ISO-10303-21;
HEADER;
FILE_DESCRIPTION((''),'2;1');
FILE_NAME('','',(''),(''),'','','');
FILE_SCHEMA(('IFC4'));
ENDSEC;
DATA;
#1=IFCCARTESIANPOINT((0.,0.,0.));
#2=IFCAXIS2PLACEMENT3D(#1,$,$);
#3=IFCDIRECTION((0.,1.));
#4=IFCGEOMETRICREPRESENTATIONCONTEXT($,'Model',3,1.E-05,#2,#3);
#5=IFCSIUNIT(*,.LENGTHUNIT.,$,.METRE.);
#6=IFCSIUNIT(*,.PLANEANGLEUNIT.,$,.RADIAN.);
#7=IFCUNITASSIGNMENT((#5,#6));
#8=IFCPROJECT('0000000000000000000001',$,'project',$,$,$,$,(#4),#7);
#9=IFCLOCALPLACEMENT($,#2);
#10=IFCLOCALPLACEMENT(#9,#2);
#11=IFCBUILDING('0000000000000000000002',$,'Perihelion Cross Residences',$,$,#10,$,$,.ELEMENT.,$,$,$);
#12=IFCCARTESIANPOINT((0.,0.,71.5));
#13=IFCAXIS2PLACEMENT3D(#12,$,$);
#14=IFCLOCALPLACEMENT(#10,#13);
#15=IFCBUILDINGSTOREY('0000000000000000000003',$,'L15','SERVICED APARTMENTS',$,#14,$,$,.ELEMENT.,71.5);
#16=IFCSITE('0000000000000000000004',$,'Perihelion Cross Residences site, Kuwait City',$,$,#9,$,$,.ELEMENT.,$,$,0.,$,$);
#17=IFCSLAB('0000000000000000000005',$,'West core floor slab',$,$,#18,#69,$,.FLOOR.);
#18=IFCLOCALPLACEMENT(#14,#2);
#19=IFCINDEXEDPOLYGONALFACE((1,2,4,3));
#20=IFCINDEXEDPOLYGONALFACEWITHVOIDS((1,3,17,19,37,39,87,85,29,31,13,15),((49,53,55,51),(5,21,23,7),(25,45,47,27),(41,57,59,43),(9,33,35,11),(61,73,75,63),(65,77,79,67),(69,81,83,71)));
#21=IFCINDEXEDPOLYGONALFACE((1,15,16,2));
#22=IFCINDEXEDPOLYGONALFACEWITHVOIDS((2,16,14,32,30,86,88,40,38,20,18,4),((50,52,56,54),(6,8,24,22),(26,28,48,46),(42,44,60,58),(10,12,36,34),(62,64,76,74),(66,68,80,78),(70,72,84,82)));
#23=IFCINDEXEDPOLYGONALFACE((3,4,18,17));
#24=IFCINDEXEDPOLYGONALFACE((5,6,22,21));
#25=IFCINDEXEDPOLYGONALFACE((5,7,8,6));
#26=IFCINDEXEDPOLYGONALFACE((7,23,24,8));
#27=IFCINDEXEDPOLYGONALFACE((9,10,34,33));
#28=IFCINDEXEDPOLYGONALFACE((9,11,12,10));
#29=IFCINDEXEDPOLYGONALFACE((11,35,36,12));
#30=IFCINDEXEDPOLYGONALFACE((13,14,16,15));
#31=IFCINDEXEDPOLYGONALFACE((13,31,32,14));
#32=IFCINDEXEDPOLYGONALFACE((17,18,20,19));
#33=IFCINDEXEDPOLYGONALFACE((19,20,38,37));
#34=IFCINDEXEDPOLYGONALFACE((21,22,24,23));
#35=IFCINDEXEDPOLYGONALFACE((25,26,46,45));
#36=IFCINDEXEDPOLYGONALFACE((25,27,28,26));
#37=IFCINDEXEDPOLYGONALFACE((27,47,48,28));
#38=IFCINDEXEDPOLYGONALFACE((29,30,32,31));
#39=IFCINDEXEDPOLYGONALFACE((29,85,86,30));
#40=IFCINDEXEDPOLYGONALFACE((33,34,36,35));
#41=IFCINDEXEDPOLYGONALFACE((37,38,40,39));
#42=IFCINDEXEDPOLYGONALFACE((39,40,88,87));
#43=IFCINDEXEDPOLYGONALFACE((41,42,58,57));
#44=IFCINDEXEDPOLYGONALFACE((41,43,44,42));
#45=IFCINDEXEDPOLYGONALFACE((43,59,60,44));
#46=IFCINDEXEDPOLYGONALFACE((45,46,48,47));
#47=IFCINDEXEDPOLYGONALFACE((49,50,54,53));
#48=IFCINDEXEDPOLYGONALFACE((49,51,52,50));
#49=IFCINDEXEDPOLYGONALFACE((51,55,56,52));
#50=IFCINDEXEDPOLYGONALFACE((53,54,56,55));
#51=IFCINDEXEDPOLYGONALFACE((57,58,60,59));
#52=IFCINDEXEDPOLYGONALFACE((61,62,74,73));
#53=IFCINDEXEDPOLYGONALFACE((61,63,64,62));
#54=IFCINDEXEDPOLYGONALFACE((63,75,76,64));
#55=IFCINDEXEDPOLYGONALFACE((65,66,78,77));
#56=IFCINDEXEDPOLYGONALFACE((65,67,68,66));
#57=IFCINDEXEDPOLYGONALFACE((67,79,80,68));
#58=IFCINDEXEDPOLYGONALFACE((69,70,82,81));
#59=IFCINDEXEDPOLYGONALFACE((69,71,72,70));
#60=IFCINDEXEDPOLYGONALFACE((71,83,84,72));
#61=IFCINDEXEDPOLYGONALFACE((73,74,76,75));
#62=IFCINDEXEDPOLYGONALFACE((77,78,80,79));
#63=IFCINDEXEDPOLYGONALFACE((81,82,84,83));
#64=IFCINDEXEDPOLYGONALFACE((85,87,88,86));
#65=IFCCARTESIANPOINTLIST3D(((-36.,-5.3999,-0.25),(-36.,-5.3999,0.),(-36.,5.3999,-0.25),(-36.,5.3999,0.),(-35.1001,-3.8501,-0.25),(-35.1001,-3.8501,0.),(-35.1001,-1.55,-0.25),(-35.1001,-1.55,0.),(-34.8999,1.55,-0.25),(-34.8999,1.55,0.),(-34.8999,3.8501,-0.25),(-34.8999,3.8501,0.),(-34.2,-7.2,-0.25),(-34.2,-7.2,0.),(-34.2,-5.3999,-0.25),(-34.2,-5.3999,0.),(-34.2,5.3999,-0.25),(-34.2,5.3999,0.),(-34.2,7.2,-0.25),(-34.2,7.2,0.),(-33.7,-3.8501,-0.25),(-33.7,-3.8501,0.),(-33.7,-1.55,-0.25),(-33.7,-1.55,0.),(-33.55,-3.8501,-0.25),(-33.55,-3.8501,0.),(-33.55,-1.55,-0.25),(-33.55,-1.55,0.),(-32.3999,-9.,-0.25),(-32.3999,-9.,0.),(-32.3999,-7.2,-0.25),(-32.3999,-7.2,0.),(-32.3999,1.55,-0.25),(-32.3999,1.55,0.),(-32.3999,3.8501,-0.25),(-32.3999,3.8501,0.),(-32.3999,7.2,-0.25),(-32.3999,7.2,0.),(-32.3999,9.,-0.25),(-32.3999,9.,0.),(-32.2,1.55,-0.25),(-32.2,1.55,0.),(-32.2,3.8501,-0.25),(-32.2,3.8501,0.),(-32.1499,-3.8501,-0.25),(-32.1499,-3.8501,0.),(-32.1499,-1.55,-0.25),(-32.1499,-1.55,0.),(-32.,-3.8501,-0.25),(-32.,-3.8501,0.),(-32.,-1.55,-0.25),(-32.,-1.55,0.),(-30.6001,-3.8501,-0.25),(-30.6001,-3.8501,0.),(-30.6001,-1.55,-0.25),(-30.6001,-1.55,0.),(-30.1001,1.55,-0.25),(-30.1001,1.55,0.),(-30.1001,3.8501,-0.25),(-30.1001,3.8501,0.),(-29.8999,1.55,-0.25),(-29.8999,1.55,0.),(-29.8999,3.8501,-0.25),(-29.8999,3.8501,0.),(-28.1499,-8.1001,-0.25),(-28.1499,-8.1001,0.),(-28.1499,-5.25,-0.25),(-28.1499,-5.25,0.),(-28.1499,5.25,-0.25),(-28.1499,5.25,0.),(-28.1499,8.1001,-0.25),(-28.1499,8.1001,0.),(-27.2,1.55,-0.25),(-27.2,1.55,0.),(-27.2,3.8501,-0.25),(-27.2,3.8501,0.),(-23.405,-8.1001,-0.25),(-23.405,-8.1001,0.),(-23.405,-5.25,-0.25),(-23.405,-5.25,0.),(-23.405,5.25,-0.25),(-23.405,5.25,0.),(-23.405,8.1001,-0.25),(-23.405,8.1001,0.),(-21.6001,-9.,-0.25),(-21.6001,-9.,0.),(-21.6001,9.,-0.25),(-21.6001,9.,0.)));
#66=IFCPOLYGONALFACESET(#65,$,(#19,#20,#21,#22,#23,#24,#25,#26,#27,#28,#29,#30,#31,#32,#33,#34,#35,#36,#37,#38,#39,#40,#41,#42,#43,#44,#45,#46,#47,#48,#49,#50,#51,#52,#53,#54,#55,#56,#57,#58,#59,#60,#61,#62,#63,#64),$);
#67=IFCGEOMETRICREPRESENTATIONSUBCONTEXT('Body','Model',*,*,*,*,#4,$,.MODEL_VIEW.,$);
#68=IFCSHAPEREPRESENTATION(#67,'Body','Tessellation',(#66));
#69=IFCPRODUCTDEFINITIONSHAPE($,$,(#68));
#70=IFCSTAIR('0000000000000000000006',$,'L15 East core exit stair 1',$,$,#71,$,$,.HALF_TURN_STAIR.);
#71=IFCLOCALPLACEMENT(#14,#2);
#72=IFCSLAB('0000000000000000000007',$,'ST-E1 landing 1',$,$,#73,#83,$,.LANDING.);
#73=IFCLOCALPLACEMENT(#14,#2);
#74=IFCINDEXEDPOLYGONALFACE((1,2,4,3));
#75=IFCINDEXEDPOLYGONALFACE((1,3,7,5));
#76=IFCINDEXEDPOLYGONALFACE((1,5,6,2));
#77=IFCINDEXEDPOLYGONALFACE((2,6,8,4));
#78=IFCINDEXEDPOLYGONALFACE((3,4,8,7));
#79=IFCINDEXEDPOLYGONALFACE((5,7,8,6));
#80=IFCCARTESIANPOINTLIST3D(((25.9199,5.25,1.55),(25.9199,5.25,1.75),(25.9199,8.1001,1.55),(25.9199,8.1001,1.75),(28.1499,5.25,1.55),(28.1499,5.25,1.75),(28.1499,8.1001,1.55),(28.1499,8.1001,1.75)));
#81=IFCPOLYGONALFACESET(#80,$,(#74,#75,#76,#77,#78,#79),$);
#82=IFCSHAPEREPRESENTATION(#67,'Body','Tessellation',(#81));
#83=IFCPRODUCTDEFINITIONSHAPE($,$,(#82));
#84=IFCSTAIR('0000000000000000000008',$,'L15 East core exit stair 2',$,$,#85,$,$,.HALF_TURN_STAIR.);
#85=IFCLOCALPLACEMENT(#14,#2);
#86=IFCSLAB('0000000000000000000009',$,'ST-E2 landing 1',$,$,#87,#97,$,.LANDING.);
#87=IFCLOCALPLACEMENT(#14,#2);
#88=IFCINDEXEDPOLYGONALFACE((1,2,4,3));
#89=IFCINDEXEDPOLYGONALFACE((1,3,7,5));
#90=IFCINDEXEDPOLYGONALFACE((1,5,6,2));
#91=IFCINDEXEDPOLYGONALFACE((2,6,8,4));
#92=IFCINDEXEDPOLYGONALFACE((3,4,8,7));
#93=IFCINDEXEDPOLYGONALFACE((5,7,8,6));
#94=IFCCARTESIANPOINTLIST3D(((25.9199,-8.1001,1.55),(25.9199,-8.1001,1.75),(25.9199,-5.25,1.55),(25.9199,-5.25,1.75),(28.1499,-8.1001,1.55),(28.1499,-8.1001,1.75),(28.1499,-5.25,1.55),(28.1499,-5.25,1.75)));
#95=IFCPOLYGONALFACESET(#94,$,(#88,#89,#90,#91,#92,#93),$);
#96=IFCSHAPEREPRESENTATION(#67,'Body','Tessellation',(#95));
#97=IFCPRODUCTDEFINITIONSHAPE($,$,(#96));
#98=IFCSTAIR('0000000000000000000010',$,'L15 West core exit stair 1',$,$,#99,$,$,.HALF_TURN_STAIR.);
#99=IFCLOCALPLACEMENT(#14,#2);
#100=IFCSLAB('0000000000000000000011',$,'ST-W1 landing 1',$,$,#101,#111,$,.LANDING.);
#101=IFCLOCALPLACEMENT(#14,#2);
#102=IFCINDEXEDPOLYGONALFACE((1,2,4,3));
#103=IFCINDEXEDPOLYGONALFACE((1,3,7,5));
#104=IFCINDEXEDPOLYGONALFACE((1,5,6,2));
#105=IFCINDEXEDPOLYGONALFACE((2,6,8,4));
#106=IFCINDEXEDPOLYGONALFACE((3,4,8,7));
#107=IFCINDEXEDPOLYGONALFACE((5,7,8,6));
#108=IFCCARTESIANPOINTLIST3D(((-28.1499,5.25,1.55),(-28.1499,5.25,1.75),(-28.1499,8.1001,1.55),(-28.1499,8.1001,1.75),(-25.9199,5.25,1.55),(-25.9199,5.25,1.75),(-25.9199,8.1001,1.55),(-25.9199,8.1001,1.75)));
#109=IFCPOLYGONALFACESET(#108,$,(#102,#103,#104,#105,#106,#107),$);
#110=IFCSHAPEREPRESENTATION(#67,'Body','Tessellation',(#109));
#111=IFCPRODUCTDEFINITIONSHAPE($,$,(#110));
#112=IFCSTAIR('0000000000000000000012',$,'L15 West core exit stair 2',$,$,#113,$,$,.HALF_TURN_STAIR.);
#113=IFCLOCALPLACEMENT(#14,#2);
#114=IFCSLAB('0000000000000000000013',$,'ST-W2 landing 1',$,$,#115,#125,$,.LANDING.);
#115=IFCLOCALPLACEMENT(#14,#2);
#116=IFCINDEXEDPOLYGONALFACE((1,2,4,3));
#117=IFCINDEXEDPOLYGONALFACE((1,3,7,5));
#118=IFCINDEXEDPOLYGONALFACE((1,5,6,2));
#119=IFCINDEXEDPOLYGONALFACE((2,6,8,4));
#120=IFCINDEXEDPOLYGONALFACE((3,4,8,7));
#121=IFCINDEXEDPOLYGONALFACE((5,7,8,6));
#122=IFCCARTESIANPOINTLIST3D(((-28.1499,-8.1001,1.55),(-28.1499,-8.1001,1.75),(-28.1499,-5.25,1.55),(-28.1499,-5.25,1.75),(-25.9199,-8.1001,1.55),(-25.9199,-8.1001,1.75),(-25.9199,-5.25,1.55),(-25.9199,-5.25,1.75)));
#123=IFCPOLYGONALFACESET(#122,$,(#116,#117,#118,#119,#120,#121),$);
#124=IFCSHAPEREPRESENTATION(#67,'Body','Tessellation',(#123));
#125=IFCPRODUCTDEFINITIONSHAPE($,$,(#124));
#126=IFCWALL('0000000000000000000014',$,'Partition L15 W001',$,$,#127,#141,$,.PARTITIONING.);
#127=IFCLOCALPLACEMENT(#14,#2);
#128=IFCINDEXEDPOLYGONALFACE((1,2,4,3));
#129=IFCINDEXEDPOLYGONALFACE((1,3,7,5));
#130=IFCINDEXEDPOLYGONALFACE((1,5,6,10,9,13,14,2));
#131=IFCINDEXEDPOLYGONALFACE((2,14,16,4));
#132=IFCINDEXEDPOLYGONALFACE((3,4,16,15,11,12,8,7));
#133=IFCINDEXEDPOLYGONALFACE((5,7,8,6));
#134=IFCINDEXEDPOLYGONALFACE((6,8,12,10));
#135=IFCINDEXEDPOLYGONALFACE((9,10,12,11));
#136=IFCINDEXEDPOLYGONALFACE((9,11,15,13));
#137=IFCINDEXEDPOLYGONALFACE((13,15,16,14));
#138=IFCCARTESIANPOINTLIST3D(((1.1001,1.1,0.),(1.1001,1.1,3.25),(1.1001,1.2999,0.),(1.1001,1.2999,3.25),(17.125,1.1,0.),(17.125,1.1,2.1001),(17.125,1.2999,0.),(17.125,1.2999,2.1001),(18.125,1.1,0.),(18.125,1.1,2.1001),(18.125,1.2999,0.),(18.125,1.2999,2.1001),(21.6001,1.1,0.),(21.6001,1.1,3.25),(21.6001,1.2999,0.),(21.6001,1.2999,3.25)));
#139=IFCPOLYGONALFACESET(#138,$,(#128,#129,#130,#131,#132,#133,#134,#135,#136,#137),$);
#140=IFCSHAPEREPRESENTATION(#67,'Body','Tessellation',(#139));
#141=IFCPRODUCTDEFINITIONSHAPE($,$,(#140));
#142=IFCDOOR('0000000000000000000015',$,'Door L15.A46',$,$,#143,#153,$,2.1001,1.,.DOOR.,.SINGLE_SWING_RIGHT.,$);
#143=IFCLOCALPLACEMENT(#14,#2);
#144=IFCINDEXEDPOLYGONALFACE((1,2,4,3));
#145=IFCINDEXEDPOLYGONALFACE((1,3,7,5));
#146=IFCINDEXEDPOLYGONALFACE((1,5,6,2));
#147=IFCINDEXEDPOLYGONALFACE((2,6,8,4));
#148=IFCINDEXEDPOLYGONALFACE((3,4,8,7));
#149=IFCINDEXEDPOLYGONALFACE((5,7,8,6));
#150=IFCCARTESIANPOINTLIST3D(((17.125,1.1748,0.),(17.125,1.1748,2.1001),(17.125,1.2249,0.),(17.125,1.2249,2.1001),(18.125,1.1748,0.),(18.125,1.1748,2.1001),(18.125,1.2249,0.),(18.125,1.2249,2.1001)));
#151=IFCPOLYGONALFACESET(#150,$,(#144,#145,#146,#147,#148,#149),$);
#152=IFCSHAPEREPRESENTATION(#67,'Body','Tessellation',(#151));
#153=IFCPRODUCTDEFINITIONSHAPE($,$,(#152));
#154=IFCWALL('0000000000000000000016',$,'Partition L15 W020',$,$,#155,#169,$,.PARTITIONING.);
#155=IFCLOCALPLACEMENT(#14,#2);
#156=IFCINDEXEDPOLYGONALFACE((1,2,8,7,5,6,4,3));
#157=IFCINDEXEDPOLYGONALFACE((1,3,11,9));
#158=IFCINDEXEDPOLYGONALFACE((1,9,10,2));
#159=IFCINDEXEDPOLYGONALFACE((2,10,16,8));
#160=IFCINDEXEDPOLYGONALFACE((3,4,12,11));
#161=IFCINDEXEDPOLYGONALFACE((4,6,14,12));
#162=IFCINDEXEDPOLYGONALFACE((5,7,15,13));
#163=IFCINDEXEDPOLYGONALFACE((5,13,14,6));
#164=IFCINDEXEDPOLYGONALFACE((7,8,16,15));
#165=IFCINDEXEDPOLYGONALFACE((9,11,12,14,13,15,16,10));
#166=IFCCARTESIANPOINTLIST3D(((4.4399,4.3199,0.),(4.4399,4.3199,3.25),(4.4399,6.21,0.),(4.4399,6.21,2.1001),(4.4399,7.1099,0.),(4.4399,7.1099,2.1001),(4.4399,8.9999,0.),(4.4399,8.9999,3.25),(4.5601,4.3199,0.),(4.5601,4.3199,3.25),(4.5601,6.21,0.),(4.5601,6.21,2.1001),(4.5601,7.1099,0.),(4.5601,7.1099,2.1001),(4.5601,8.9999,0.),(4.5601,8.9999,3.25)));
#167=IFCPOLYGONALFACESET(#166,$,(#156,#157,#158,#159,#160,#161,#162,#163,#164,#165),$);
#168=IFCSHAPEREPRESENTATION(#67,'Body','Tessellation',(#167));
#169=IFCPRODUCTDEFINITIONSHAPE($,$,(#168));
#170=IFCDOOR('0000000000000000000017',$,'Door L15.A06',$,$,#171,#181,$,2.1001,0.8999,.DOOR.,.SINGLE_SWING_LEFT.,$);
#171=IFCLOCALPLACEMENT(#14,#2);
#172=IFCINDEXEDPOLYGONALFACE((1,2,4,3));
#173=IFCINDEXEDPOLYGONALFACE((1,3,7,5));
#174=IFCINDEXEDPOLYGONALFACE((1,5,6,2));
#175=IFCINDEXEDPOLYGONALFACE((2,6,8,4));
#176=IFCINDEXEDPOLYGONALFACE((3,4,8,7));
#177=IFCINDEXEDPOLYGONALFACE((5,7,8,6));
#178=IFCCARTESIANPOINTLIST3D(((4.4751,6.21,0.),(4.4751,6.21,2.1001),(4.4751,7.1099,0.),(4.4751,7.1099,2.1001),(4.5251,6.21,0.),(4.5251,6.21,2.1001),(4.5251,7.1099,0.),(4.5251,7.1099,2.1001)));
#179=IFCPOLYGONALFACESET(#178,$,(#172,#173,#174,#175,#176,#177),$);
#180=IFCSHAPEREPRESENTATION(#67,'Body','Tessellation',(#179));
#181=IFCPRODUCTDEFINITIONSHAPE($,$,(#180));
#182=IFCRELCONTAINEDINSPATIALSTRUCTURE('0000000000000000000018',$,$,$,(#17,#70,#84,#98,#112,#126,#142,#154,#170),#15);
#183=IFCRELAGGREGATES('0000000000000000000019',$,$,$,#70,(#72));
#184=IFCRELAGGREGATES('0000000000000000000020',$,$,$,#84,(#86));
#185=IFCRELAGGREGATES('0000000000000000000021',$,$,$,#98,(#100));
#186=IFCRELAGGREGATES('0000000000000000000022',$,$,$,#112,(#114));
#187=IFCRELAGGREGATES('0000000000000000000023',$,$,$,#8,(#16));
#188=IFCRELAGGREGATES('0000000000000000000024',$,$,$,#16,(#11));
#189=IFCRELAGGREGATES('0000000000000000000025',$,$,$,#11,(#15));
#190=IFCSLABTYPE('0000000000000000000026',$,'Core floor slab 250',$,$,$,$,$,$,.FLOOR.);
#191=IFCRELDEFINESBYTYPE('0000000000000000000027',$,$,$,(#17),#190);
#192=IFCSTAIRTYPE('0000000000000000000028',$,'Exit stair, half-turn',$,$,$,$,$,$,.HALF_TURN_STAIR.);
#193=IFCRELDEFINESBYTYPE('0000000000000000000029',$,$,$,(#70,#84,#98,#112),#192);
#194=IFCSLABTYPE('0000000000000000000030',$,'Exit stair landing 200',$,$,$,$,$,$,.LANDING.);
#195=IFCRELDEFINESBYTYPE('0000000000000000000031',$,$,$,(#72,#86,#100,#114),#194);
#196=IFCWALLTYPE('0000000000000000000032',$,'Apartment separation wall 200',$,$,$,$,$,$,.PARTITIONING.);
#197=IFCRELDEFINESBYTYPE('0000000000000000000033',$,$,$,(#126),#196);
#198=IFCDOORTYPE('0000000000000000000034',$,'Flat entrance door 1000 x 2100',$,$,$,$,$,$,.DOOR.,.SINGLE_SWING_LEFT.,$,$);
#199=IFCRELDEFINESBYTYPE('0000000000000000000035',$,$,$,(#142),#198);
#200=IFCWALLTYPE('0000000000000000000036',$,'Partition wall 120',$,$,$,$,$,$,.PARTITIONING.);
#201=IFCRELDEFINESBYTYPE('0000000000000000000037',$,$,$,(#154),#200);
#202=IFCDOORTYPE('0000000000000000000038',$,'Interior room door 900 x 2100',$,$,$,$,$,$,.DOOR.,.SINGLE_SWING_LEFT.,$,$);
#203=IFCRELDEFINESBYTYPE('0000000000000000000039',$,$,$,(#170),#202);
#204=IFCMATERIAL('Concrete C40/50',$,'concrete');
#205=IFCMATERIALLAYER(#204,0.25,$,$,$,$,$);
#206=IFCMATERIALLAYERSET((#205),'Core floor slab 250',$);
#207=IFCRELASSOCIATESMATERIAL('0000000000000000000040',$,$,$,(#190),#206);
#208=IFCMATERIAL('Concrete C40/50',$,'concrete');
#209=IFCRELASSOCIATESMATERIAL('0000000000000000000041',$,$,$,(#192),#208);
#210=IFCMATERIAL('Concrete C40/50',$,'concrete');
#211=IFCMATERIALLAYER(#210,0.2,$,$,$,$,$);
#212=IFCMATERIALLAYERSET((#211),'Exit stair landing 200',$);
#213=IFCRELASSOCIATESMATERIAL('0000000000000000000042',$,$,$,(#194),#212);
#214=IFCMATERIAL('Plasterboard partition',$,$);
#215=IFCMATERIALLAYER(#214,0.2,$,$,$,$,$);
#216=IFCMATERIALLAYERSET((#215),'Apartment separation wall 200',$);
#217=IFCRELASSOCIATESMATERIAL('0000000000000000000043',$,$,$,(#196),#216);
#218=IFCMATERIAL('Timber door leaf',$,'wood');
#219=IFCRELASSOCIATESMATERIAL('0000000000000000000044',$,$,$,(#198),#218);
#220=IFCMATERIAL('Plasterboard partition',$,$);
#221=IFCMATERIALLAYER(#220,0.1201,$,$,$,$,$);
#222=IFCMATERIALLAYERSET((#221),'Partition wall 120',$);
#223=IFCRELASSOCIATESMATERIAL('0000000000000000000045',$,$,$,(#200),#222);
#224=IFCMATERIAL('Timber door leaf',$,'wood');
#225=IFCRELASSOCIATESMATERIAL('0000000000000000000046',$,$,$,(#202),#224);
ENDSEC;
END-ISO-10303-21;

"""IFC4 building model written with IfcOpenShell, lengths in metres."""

from ifc_helpers import new_model, si_unit, direction, frame, frame_2d, origin, place, context, subcontext, project, spatial, polyline, rectangle, outline, extrude, material, layer, layer_set, type_object, element, fill, aggregate, save


model = new_model("IFC4")

# Units and contexts
model_context = context("Model", 3, precision=1e-05, world=origin(), true_north=direction((0.0, 1.0)))
body_context = subcontext(model_context, "Body", "Model", "MODEL_VIEW")
ifc_project = project(units=[si_unit("LENGTHUNIT", "METRE"), si_unit("PLANEANGLEUNIT", "RADIAN")], contexts=[model_context])

# Site, building, storey
site_placement = place(None, origin())
site = spatial("IfcSite", under=ifc_project, at=site_placement, Name="Perihelion Cross Residences site, Kuwait City", CompositionType="ELEMENT", RefElevation=0.0)
building_placement = place(site_placement, origin())
building = spatial("IfcBuilding", under=site, at=building_placement, Name="Perihelion Cross Residences", CompositionType="ELEMENT")
storey_placement = place(building_placement, frame((0.0, 0.0, 71.5)))
storey = spatial("IfcBuildingStorey", under=building, at=storey_placement, Name="L15", Description="SERVICED APARTMENTS", CompositionType="ELEMENT", Elevation=71.5)

# Slab
ifc_material_1 = material(Name="Concrete C40/50", Category="concrete")
ifc_layer_1 = layer(ifc_material_1, 0.25)
ifc_layer_set_1 = layer_set([ifc_layer_1], Name="Core floor slab 250")
slab_type_1 = type_object("IfcSlabType", Name="Core floor slab 250", PredefinedType="FLOOR", material=ifc_layer_set_1)
slab_1_placement = place(storey_placement, frame((0.0, 0.0, -0.25)))
element("IfcSlab", 1, at=slab_1_placement, inside=storey, type_object=slab_type_1, Name="West core floor slab", PredefinedType="FLOOR", context=body_context, shape_type="SweptSolid", body=[
    extrude(outline(polyline([(-32.3999, 7.2), (-34.2, 7.2), (-34.2, 5.3999), (-36.0, 5.3999), (-36.0, -5.3999), (-34.2, -5.3999), (-34.2, -7.2), (-32.3999, -7.2), (-32.3999, -9.0), (-21.6001, -9.0), (-21.6001, 9.0), (-32.3999, 9.0), (-32.3999, 7.2)]), holes=[polyline([(-23.405, -8.1001), (-28.1499, -8.1001), (-28.1499, -5.25), (-23.405, -5.25), (-23.405, -8.1001)]), polyline([(-30.6001, -1.55), (-30.6001, -3.8501), (-32.0, -3.8501), (-32.0, -1.55), (-30.6001, -1.55)]), polyline([(-32.1499, -1.55), (-32.1499, -3.8501), (-33.55, -3.8501), (-33.55, -1.55), (-32.1499, -1.55)]), polyline([(-33.7, -1.55), (-33.7, -3.8501), (-35.1001, -3.8501), (-35.1001, -1.55), (-33.7, -1.55)]), polyline([(-27.2, 3.8501), (-27.2, 1.55), (-29.8999, 1.55), (-29.8999, 3.8501), (-27.2, 3.8501)]), polyline([(-30.1001, 3.8501), (-30.1001, 1.55), (-32.2, 1.55), (-32.2, 3.8501), (-30.1001, 3.8501)]), polyline([(-32.3999, 3.8501), (-32.3999, 1.55), (-34.8999, 1.55), (-34.8999, 3.8501), (-32.3999, 3.8501)]), polyline([(-23.405, 5.25), (-28.1499, 5.25), (-28.1499, 8.1001), (-23.405, 8.1001), (-23.405, 5.25)])]), origin(), (0.0, 0.0, 1.0), 0.25),
])

# Stairs, slabs
ifc_material_2 = material(Name="Concrete C40/50", Category="concrete")
stair_type = type_object("IfcStairType", Name="Exit stair, half-turn", PredefinedType="HALF_TURN_STAIR", material=ifc_material_2)
stair_1_placement = place(storey_placement, origin())
stair_1 = element("IfcStair", 2, at=stair_1_placement, inside=storey, type_object=stair_type, Name="L15 East core exit stair 1", PredefinedType="HALF_TURN_STAIR")
ifc_material_3 = material(Name="Concrete C40/50", Category="concrete")
ifc_layer_2 = layer(ifc_material_3, 0.2)
ifc_layer_set_2 = layer_set([ifc_layer_2], Name="Exit stair landing 200")
slab_type_2 = type_object("IfcSlabType", Name="Exit stair landing 200", PredefinedType="LANDING", material=ifc_layer_set_2)
slab_2_placement = place(storey_placement, frame((0.0, 0.0, 1.55)))
slab_2 = element("IfcSlab", 3, at=slab_2_placement, type_object=slab_type_2, Name="ST-E1 landing 1", PredefinedType="LANDING", context=body_context, shape_type="SweptSolid", body=[
    extrude(outline(polyline([(25.9199, 5.25), (28.1499, 5.25), (28.1499, 8.1001), (25.9199, 8.1001), (25.9199, 5.25)])), origin(), (0.0, 0.0, 1.0), 0.2),
])
aggregate(stair_1, [slab_2])
stair_2_placement = place(storey_placement, origin())
stair_2 = element("IfcStair", 4, at=stair_2_placement, inside=storey, type_object=stair_type, Name="L15 East core exit stair 2", PredefinedType="HALF_TURN_STAIR")
slab_3_placement = place(storey_placement, frame((0.0, 0.0, 1.55)))
slab_3 = element("IfcSlab", 5, at=slab_3_placement, type_object=slab_type_2, Name="ST-E2 landing 1", PredefinedType="LANDING", context=body_context, shape_type="SweptSolid", body=[
    extrude(outline(polyline([(25.9199, -8.1001), (28.1499, -8.1001), (28.1499, -5.25), (25.9199, -5.25), (25.9199, -8.1001)])), origin(), (0.0, 0.0, 1.0), 0.2),
])
aggregate(stair_2, [slab_3])
stair_3_placement = place(storey_placement, origin())
stair_3 = element("IfcStair", 6, at=stair_3_placement, inside=storey, type_object=stair_type, Name="L15 West core exit stair 1", PredefinedType="HALF_TURN_STAIR")
slab_4_placement = place(storey_placement, frame((0.0, 0.0, 1.55)))
slab_4 = element("IfcSlab", 7, at=slab_4_placement, type_object=slab_type_2, Name="ST-W1 landing 1", PredefinedType="LANDING", context=body_context, shape_type="SweptSolid", body=[
    extrude(outline(polyline([(-25.9199, 8.1001), (-28.1499, 8.1001), (-28.1499, 5.25), (-25.9199, 5.25), (-25.9199, 8.1001)])), origin(), (0.0, 0.0, 1.0), 0.2),
])
aggregate(stair_3, [slab_4])
stair_4_placement = place(storey_placement, origin())
stair_4 = element("IfcStair", 8, at=stair_4_placement, inside=storey, type_object=stair_type, Name="L15 West core exit stair 2", PredefinedType="HALF_TURN_STAIR")
slab_5_placement = place(storey_placement, frame((0.0, 0.0, 1.55)))
slab_5 = element("IfcSlab", 9, at=slab_5_placement, type_object=slab_type_2, Name="ST-W2 landing 1", PredefinedType="LANDING", context=body_context, shape_type="SweptSolid", body=[
    extrude(outline(polyline([(-25.9199, -5.25), (-28.1499, -5.25), (-28.1499, -8.1001), (-25.9199, -8.1001), (-25.9199, -5.25)])), origin(), (0.0, 0.0, 1.0), 0.2),
])
aggregate(stair_4, [slab_5])

# Walls, openings, doors
ifc_material_4 = material(Name="Plasterboard partition")
ifc_layer_3 = layer(ifc_material_4, 0.2)
ifc_layer_set_3 = layer_set([ifc_layer_3], Name="Apartment separation wall 200")
wall_type_1 = type_object("IfcWallType", Name="Apartment separation wall 200", PredefinedType="PARTITIONING", material=ifc_layer_set_3)
wall_1_placement = place(storey_placement, frame((1.1001, 1.2, 0.0), z_axis=(0.0, 0.0, 1.0), x_axis=(1.0, 0.0, 0.0)))
wall_1 = element("IfcWall", 10, at=wall_1_placement, inside=storey, type_object=wall_type_1, Name="Partition L15 W001", PredefinedType="PARTITIONING", context=body_context, shape_type="SweptSolid", body=[
    extrude(rectangle(XDim=20.5, YDim=0.2, at=frame_2d((10.25, 0.0))), origin(), (0.0, 0.0, 1.0), 3.25),
])
opening_1_placement = place(wall_1_placement, frame((16.0249, 0.0, 0.0)))
opening_1 = element("IfcOpeningElement", 11, at=opening_1_placement, cuts=wall_1, PredefinedType="OPENING", context=body_context, shape_type="SweptSolid", body=[
    extrude(rectangle(XDim=1.0, YDim=2.1001, at=frame_2d((0.5, 1.05))), frame((0.0, 0.1099, 0.0), z_axis=(0.0, -1.0, 0.0), x_axis=(1.0, 0.0, 0.0)), (0.0, 0.0, 1.0), 0.22),
])
ifc_material_5 = material(Name="Timber door leaf", Category="wood")
door_type_1 = type_object("IfcDoorType", Name="Flat entrance door 1000 x 2100", OperationType="SINGLE_SWING_LEFT", PredefinedType="DOOR", material=ifc_material_5)
door_1_placement = place(opening_1_placement, origin())
door_1 = element("IfcDoor", 12, at=door_1_placement, inside=storey, type_object=door_type_1, Name="Door L15.A46", OperationType="SINGLE_SWING_RIGHT", OverallHeight=2.1001, OverallWidth=1.0, PredefinedType="DOOR", context=body_context, shape_type="SweptSolid", body=[
    extrude(rectangle(XDim=1.0, YDim=2.1001, at=frame_2d((0.5, 1.05))), frame((0.0, 0.0249, 0.0), z_axis=(0.0, -1.0, 0.0), x_axis=(1.0, 0.0, 0.0)), (0.0, 0.0, 1.0), 0.05),
])
fill(opening_1, door_1)
ifc_material_6 = material(Name="Plasterboard partition")
ifc_layer_4 = layer(ifc_material_6, 0.1201)
ifc_layer_set_4 = layer_set([ifc_layer_4], Name="Partition wall 120")
wall_type_2 = type_object("IfcWallType", Name="Partition wall 120", PredefinedType="PARTITIONING", material=ifc_layer_set_4)
wall_2_placement = place(storey_placement, frame((4.5, 4.3201, 0.0), z_axis=(0.0, 0.0, 1.0), x_axis=(0.0, 1.0, 0.0)))
wall_2 = element("IfcWall", 13, at=wall_2_placement, inside=storey, type_object=wall_type_2, Name="Partition L15 W020", PredefinedType="PARTITIONING", context=body_context, shape_type="SweptSolid", body=[
    extrude(rectangle(XDim=4.6799, YDim=0.1201, at=frame_2d((2.3398, 0.0))), origin(), (0.0, 0.0, 1.0), 3.25),
])
opening_2_placement = place(wall_2_placement, frame((1.8899, 0.0, 0.0)))
opening_2 = element("IfcOpeningElement", 14, at=opening_2_placement, cuts=wall_2, PredefinedType="OPENING", context=body_context, shape_type="SweptSolid", body=[
    extrude(rectangle(XDim=0.8999, YDim=2.1001, at=frame_2d((0.45, 1.05))), frame((0.0, 0.0701, 0.0), z_axis=(0.0, -1.0, 0.0), x_axis=(1.0, 0.0, 0.0)), (0.0, 0.0, 1.0), 0.1401),
])
ifc_material_7 = material(Name="Timber door leaf", Category="wood")
door_type_2 = type_object("IfcDoorType", Name="Interior room door 900 x 2100", OperationType="SINGLE_SWING_LEFT", PredefinedType="DOOR", material=ifc_material_7)
door_2_placement = place(opening_2_placement, origin())
door_2 = element("IfcDoor", 15, at=door_2_placement, inside=storey, type_object=door_type_2, Name="Door L15.A06", OperationType="SINGLE_SWING_LEFT", OverallHeight=2.1001, OverallWidth=0.8999, PredefinedType="DOOR", context=body_context, shape_type="SweptSolid", body=[
    extrude(rectangle(XDim=0.8999, YDim=2.1001, at=frame_2d((0.45, 1.05))), frame((0.0, 0.0249, 0.0), z_axis=(0.0, -1.0, 0.0), x_axis=(1.0, 0.0, 0.0)), (0.0, 0.0, 1.0), 0.05),
])
fill(opening_2, door_2)

save(model, "model.ifc")
